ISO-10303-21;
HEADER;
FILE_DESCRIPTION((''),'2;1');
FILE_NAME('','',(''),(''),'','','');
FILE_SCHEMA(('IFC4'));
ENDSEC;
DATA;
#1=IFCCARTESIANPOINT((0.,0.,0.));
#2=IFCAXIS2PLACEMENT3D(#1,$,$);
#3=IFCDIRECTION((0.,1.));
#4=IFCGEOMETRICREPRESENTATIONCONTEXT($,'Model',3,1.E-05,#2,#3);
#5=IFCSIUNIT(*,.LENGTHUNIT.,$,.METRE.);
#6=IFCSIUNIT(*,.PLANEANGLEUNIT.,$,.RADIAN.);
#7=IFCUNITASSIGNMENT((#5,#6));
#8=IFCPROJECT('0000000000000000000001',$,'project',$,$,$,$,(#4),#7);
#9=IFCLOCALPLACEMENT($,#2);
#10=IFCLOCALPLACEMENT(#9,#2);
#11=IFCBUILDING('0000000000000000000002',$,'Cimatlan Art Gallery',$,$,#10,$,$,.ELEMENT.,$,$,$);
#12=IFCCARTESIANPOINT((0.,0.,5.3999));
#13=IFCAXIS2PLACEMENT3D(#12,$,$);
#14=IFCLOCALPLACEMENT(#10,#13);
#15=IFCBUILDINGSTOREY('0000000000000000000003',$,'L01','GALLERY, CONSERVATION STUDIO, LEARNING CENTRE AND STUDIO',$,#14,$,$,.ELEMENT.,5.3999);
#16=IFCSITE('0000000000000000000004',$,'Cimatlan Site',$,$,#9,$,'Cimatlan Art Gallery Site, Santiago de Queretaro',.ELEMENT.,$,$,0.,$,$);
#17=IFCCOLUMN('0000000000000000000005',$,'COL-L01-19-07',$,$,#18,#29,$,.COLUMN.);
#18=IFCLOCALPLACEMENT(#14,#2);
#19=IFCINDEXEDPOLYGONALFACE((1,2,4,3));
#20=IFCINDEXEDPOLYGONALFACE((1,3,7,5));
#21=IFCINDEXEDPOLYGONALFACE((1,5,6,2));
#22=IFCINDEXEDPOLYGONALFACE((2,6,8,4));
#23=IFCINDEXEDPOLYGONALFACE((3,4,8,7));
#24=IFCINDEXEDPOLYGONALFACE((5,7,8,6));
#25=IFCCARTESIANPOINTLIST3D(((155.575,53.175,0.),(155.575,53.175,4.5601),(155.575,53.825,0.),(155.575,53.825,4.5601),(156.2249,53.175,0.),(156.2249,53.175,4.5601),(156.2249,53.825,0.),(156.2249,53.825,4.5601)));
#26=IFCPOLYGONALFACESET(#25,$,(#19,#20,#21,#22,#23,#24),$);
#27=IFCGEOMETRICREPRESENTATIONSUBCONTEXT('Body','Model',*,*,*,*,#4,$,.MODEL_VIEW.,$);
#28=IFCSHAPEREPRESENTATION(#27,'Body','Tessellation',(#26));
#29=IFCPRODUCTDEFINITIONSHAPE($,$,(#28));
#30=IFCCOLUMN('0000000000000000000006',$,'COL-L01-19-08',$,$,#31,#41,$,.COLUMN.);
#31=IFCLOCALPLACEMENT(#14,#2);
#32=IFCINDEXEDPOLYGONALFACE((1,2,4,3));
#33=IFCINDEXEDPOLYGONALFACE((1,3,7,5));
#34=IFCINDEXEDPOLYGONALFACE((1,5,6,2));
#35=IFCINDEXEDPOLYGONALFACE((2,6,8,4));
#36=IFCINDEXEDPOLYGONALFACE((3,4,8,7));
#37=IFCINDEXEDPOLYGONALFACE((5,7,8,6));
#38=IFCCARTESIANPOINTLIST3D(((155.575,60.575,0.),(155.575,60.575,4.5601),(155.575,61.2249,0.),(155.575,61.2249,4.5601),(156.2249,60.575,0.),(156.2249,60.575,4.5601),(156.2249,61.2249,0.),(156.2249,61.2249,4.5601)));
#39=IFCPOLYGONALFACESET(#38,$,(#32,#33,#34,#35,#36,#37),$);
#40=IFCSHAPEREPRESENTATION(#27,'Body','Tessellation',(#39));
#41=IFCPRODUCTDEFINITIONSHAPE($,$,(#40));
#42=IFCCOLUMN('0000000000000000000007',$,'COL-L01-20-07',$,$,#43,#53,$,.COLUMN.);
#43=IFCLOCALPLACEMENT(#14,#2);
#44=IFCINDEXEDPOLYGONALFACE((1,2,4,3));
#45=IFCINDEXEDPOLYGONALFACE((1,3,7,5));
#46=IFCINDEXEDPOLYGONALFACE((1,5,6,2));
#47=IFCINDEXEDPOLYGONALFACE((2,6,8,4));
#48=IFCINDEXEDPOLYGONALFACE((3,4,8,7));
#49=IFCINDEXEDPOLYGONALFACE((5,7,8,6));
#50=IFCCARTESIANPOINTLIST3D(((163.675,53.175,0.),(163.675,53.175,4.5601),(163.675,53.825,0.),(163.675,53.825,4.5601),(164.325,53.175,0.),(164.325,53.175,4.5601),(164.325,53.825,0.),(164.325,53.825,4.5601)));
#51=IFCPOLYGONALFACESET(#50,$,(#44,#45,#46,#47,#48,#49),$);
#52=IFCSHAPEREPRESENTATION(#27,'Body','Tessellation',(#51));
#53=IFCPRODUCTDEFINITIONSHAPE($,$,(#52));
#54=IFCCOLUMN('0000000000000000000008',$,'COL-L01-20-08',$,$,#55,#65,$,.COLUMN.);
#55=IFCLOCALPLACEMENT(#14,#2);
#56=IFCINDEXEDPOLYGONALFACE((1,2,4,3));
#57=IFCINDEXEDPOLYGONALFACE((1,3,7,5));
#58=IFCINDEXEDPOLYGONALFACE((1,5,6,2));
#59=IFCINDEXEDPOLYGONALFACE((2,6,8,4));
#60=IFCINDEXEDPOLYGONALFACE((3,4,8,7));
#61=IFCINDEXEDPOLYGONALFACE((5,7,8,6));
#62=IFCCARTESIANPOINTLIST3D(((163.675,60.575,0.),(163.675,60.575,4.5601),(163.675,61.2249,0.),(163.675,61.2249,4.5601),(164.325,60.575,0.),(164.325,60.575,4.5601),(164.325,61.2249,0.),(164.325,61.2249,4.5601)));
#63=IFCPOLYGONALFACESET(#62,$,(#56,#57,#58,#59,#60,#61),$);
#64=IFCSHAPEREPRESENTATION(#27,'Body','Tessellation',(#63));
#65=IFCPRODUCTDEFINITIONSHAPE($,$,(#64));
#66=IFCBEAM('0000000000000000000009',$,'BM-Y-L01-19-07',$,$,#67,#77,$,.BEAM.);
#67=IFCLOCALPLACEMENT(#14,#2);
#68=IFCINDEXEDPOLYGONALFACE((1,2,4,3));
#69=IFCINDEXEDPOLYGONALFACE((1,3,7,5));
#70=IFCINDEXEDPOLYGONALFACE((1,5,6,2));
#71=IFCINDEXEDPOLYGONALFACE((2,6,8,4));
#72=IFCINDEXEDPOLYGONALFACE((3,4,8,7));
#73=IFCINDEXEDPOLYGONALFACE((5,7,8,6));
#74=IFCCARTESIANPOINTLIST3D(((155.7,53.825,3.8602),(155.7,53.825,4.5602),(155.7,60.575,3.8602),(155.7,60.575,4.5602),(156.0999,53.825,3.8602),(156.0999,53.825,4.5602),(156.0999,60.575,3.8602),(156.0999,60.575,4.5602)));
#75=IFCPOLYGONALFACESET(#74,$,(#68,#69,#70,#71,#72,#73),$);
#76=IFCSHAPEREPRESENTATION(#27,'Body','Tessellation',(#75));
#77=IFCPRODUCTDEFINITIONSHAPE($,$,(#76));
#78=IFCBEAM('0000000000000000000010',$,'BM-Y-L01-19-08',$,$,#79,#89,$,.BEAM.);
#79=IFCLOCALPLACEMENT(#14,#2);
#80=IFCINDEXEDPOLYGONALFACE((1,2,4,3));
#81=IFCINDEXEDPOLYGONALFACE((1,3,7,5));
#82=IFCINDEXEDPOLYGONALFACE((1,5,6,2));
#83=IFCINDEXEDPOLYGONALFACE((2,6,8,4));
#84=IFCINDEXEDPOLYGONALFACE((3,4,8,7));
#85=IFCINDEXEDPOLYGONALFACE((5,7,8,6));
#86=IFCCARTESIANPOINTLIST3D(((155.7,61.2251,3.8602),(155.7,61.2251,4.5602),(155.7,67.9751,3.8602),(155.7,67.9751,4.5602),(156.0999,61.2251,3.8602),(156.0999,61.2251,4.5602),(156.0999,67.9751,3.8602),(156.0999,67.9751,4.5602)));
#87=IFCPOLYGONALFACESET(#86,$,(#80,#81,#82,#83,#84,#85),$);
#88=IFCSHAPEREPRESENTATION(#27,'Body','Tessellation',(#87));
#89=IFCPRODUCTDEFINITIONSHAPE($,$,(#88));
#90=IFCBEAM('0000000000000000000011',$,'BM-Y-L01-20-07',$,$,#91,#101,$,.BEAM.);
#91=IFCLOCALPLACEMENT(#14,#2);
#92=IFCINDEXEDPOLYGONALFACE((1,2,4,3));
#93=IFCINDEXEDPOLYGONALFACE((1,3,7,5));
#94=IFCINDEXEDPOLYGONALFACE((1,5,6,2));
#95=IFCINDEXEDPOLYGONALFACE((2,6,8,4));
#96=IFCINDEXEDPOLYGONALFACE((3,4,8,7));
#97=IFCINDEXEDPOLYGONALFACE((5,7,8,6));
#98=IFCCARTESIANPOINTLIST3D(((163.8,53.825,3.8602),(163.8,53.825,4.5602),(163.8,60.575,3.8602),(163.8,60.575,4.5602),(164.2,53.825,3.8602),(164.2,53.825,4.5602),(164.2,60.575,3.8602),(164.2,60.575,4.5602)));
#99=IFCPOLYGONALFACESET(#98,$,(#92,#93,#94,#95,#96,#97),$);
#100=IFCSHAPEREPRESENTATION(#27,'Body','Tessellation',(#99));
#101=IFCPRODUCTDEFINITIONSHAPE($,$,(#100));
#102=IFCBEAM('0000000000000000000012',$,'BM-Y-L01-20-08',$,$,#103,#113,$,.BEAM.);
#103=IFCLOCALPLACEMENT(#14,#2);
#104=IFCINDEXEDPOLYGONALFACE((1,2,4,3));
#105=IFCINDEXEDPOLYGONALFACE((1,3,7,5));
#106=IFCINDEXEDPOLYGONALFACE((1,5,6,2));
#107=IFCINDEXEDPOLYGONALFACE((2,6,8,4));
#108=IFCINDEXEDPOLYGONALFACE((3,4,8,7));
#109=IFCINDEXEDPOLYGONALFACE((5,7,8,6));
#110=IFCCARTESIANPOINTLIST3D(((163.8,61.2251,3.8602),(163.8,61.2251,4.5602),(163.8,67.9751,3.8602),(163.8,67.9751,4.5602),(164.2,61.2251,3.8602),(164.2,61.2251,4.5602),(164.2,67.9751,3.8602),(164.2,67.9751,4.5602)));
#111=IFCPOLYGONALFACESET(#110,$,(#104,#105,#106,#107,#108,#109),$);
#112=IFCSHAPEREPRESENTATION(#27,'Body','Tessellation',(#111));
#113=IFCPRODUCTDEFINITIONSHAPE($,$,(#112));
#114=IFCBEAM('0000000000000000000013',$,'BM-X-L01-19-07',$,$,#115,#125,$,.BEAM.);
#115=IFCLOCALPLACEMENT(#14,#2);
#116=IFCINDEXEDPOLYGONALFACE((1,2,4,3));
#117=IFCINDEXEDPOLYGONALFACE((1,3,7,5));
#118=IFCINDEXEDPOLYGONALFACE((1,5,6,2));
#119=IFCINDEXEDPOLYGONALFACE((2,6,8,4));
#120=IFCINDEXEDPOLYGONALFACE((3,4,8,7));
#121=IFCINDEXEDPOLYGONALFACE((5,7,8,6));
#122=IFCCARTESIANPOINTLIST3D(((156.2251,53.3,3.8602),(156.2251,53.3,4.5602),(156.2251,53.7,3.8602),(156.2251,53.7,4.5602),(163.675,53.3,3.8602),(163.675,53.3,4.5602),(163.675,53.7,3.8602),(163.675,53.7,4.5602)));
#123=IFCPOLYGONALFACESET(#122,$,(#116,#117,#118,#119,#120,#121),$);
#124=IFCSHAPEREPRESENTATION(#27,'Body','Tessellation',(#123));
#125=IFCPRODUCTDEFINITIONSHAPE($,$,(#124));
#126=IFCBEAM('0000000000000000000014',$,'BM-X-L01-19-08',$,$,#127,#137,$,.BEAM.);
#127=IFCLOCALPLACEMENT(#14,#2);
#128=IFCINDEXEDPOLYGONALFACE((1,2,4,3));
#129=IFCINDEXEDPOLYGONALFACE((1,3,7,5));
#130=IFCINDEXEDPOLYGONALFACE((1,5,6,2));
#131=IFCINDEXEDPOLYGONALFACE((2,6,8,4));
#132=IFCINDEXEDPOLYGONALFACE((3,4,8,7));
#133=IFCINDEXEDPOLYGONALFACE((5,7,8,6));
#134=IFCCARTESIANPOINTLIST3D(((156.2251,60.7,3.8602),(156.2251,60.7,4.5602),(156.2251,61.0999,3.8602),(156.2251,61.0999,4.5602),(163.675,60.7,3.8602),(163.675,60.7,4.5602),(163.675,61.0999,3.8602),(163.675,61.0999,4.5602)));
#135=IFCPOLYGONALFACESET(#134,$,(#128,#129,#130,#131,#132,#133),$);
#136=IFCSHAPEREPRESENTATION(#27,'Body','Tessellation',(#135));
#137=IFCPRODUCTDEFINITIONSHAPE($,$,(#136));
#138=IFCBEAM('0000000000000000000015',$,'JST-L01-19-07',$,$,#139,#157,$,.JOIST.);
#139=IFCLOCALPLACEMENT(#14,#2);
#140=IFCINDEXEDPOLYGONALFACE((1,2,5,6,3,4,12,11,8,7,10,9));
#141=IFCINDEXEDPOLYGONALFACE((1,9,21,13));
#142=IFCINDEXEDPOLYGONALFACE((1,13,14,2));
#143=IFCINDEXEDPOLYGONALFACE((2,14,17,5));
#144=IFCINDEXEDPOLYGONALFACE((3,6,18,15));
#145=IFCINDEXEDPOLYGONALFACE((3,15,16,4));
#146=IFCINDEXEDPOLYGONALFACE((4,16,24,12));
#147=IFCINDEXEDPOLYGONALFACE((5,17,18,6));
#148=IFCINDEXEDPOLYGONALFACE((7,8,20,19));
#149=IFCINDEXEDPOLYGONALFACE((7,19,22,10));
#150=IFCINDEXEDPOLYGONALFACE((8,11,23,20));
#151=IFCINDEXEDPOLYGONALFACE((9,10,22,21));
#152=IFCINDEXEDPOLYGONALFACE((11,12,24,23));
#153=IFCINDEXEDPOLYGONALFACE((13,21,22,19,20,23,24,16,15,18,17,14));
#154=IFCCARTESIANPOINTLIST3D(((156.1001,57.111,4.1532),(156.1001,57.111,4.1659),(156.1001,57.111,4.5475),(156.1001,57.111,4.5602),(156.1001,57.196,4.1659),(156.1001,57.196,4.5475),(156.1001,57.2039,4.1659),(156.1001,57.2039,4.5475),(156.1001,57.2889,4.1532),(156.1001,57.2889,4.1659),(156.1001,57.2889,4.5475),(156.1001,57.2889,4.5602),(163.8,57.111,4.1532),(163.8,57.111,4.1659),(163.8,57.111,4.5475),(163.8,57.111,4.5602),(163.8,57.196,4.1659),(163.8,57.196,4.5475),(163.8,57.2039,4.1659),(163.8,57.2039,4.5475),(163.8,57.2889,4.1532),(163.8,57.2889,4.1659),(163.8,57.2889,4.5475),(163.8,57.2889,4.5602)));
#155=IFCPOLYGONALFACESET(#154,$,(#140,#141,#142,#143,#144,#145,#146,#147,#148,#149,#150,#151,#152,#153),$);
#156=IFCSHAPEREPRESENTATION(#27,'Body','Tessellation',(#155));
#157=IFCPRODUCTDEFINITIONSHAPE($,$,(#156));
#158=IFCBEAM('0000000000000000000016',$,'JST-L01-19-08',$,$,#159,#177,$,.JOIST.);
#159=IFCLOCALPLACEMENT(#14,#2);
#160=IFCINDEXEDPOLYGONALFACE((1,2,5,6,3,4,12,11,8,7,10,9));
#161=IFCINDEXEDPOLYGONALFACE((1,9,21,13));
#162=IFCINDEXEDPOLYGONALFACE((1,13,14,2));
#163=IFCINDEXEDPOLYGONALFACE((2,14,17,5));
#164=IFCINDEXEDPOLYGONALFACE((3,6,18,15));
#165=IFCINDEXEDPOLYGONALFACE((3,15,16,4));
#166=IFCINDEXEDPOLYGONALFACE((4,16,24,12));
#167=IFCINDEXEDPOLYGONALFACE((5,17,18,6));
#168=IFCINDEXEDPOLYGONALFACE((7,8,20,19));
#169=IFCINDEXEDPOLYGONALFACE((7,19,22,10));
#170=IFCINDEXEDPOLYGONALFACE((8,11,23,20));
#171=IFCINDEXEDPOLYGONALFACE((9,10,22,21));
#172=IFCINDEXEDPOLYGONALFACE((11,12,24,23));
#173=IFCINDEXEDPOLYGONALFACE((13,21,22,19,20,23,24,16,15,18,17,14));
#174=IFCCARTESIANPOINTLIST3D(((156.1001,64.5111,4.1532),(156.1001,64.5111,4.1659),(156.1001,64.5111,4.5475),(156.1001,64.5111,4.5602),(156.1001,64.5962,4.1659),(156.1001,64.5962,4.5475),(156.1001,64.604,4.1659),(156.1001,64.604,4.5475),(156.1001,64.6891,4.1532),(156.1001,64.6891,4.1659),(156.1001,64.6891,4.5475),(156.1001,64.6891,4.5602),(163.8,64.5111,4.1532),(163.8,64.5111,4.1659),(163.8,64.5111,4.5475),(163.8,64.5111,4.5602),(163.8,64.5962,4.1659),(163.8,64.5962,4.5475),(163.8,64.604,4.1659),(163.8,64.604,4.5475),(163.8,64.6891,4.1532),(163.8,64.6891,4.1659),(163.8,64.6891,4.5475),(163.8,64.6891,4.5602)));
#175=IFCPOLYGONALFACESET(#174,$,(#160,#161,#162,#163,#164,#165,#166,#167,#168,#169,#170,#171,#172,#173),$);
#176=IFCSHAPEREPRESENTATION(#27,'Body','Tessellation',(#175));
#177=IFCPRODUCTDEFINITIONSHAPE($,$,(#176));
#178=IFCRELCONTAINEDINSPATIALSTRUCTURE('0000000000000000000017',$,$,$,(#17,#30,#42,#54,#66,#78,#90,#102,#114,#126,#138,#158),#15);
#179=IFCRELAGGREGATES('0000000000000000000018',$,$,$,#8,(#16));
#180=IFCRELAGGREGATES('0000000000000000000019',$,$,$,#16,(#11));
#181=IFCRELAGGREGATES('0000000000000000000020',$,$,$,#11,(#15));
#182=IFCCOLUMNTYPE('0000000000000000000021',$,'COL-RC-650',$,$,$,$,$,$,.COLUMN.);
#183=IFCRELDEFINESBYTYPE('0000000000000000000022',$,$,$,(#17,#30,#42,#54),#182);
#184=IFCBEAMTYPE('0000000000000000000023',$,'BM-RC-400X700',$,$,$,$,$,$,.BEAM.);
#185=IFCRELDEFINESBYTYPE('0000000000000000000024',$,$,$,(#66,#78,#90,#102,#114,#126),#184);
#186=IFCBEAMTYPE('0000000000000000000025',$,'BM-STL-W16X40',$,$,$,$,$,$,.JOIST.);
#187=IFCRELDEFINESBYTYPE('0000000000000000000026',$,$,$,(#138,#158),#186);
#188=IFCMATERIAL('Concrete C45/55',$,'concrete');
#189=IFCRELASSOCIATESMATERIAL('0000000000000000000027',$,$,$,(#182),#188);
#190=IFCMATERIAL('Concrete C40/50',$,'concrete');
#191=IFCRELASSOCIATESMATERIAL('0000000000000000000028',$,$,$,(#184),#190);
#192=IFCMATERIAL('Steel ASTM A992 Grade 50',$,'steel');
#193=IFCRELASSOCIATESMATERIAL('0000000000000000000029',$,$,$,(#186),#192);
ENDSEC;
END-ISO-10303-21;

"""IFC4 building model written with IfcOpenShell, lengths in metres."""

from ifc_helpers import new_model, si_unit, direction, frame, origin, origin_2d, place, context, subcontext, project, spatial, rectangle, i_section, extrude, material, material_profile, profile_set, type_object, element, save


model = new_model("IFC4")

# Units and contexts
model_context = context("Model", 3, precision=1e-05, world=origin(), true_north=direction((0.0, 1.0)))
body_context = subcontext(model_context, "Body", "Model", "MODEL_VIEW")
ifc_project = project(units=[si_unit("LENGTHUNIT", "METRE"), si_unit("PLANEANGLEUNIT", "RADIAN")], contexts=[model_context])

# Site, building, storey
site_placement = place(None, origin())
site = spatial("IfcSite", under=ifc_project, at=site_placement, Name="Cimatlan Site", LongName="Cimatlan Art Gallery Site, Santiago de Queretaro", CompositionType="ELEMENT", RefElevation=0.0)
building_placement = place(site_placement, origin())
building = spatial("IfcBuilding", under=site, at=building_placement, Name="Cimatlan Art Gallery", CompositionType="ELEMENT")
storey_placement = place(building_placement, frame((0.0, 0.0, 5.3999)))
storey = spatial("IfcBuildingStorey", under=building, at=storey_placement, Name="L01", Description="GALLERY, CONSERVATION STUDIO, LEARNING CENTRE AND STUDIO", CompositionType="ELEMENT", Elevation=5.3999)

# Columns
ifc_material_1 = material(Name="Concrete C45/55", Category="concrete")
ifc_material_profile_1 = material_profile(ifc_material_1, rectangle(XDim=0.6499, YDim=0.6499, at=origin_2d()), Name="RC650X650")
ifc_profile_set_1 = profile_set([ifc_material_profile_1], Name="Concrete C45/55")
column_type = type_object("IfcColumnType", Name="COL-RC-650", PredefinedType="COLUMN", material=ifc_profile_set_1)
for number, where, z_axis, x_axis, name in (
    (1, (155.8999, 53.5, 0.0), (0.0, 0.0, 1.0), (1.0, 0.0, 0.0), "COL-L01-19-07"),
    (2, (155.8999, 60.8999, 0.0), (0.0, 0.0, 1.0), (1.0, 0.0, 0.0), "COL-L01-19-08"),
    (3, (164.0, 53.5, 0.0), (0.0, 0.0, 1.0), (1.0, 0.0, 0.0), "COL-L01-20-07"),
    (4, (164.0, 60.8999, 0.0), (0.0, 0.0, 1.0), (1.0, 0.0, 0.0), "COL-L01-20-08"),
):
    element("IfcColumn", number, at=place(storey_placement, frame(where, z_axis=z_axis, x_axis=x_axis)), inside=storey, type_object=column_type, Name=name, PredefinedType="COLUMN", context=body_context, shape_type="SweptSolid", body=[
        extrude(rectangle(XDim=0.6499, YDim=0.6499, at=origin_2d()), origin(), (0.0, 0.0, 1.0), 4.5601),
    ])

# Beams
ifc_material_2 = material(Name="Concrete C40/50", Category="concrete")
ifc_material_profile_2 = material_profile(ifc_material_2, rectangle(XDim=0.3999, YDim=0.7, at=origin_2d()), Name="RC400X700")
ifc_profile_set_2 = profile_set([ifc_material_profile_2], Name="Concrete C40/50")
beam_type_1 = type_object("IfcBeamType", Name="BM-RC-400X700", PredefinedType="BEAM", material=ifc_profile_set_2)
for number, where, z_axis, x_axis, name in (
    (5, (155.8999, 53.825, 4.2102), (0.0, 1.0, 0.0), (-1.0, 0.0, 0.0), "BM-Y-L01-19-07"),
    (6, (155.8999, 61.2251, 4.2102), (0.0, 1.0, 0.0), (-1.0, 0.0, 0.0), "BM-Y-L01-19-08"),
    (7, (164.0, 53.825, 4.2102), (0.0, 1.0, 0.0), (-1.0, 0.0, 0.0), "BM-Y-L01-20-07"),
    (8, (164.0, 61.2251, 4.2102), (0.0, 1.0, 0.0), (-1.0, 0.0, 0.0), "BM-Y-L01-20-08"),
):
    element("IfcBeam", number, at=place(storey_placement, frame(where, z_axis=z_axis, x_axis=x_axis)), inside=storey, type_object=beam_type_1, Name=name, PredefinedType="BEAM", context=body_context, shape_type="SweptSolid", body=[
        extrude(rectangle(XDim=0.3999, YDim=0.7, at=origin_2d()), origin(), (0.0, 0.0, 1.0), 6.75),
    ])
for number, where, z_axis, x_axis, name in (
    (9, (156.2251, 53.5, 4.2102), (1.0, 0.0, 0.0), (0.0, 1.0, 0.0), "BM-X-L01-19-07"),
    (10, (156.2251, 60.8999, 4.2102), (1.0, 0.0, 0.0), (0.0, 1.0, 0.0), "BM-X-L01-19-08"),
):
    element("IfcBeam", number, at=place(storey_placement, frame(where, z_axis=z_axis, x_axis=x_axis)), inside=storey, type_object=beam_type_1, Name=name, PredefinedType="BEAM", context=body_context, shape_type="SweptSolid", body=[
        extrude(rectangle(XDim=0.3999, YDim=0.7, at=origin_2d()), origin(), (0.0, 0.0, 1.0), 7.45),
    ])
ifc_material_3 = material(Name="Steel ASTM A992 Grade 50", Category="steel")
ifc_material_profile_3 = material_profile(ifc_material_3, i_section(OverallWidth=0.178, OverallDepth=0.407, WebThickness=0.0078, FlangeThickness=0.0127, at=origin_2d()), Name="W16X40")
ifc_profile_set_3 = profile_set([ifc_material_profile_3], Name="Steel ASTM A992 Grade 50")
beam_type_2 = type_object("IfcBeamType", Name="BM-STL-W16X40", PredefinedType="JOIST", material=ifc_profile_set_3)
for number, where, z_axis, x_axis, name in (
    (11, (156.1001, 57.2, 4.3567), (1.0, 0.0, 0.0), (0.0, 1.0, 0.0), "JST-L01-19-07"),
    (12, (156.1001, 64.6001, 4.3567), (1.0, 0.0, 0.0), (0.0, 1.0, 0.0), "JST-L01-19-08"),
):
    element("IfcBeam", number, at=place(storey_placement, frame(where, z_axis=z_axis, x_axis=x_axis)), inside=storey, type_object=beam_type_2, Name=name, PredefinedType="JOIST", context=body_context, shape_type="SweptSolid", body=[
        extrude(i_section(OverallWidth=0.178, OverallDepth=0.407, WebThickness=0.0078, FlangeThickness=0.0127, at=origin_2d()), origin(), (0.0, 0.0, 1.0), 7.7),
    ])

save(model, "model.ifc")
